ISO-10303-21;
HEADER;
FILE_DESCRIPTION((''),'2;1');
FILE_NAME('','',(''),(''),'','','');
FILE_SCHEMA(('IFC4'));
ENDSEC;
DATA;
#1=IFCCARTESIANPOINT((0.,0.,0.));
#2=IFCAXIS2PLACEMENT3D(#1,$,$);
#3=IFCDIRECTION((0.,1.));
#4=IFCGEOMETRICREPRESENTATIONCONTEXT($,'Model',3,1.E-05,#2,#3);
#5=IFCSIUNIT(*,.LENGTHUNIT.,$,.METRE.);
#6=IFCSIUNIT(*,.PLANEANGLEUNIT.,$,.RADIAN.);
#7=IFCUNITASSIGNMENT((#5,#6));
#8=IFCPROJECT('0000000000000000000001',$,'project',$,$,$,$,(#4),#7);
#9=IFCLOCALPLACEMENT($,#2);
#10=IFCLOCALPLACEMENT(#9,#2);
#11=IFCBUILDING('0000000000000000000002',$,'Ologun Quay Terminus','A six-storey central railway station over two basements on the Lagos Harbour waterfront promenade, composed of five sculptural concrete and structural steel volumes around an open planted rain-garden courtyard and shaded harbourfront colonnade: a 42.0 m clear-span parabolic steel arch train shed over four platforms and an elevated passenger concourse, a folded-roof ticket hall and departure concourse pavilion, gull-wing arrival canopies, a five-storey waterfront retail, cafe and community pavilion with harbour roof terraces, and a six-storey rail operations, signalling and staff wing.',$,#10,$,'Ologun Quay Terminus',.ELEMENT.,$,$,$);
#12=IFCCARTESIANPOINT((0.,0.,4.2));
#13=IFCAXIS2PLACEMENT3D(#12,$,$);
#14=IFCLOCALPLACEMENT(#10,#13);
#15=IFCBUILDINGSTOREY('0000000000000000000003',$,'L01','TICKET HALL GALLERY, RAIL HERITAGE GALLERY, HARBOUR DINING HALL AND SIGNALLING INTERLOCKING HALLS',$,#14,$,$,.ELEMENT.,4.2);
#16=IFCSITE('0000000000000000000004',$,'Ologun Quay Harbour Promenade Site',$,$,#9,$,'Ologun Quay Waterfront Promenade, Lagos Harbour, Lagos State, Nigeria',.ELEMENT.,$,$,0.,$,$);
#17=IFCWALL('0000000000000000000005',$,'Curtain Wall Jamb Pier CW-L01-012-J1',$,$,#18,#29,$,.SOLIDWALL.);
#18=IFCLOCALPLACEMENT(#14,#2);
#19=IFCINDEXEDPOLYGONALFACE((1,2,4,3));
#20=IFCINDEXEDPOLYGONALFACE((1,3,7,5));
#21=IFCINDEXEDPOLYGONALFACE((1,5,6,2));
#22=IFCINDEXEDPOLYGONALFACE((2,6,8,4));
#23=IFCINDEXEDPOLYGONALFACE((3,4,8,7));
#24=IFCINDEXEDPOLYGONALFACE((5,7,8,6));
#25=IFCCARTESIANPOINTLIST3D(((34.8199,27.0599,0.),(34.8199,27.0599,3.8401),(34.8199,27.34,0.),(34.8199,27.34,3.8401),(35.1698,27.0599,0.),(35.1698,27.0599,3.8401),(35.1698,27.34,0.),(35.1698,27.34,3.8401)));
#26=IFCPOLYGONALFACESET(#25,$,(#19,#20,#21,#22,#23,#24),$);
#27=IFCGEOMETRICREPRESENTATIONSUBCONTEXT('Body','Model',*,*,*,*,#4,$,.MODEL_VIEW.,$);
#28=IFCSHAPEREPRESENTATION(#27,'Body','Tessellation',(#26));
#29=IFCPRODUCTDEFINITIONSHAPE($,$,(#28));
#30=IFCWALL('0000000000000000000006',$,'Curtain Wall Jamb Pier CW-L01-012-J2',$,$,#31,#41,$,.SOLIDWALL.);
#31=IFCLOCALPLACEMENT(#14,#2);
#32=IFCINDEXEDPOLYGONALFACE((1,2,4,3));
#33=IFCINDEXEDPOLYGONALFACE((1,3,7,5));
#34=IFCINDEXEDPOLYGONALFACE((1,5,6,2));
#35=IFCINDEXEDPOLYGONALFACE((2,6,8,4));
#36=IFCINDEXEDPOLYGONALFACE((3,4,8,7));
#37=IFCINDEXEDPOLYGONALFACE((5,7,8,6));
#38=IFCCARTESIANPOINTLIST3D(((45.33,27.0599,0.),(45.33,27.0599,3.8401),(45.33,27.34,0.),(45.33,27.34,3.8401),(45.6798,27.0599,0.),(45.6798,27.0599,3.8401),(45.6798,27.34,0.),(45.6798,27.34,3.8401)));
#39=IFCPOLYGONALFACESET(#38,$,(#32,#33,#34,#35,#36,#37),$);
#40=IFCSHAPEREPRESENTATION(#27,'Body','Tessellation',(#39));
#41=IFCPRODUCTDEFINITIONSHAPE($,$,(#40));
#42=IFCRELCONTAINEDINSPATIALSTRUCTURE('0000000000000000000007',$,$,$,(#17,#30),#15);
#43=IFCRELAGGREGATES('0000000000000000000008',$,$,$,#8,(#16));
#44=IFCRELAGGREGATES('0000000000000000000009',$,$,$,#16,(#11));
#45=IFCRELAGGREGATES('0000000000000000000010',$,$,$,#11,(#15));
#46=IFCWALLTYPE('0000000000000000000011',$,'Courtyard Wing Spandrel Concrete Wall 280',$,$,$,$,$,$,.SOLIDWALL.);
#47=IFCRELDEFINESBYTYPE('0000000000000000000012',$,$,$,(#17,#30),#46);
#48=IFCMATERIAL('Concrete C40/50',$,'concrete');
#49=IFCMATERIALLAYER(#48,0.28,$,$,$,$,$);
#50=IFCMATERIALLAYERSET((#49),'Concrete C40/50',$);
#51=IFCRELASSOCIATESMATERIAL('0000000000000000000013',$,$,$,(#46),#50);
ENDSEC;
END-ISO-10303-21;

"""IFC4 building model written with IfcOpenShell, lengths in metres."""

from ifc_helpers import new_model, si_unit, direction, frame, frame_2d, origin, place, context, subcontext, project, spatial, rectangle, extrude, material, layer, layer_set, type_object, element, save


model = new_model("IFC4")

# Units and contexts
model_context = context("Model", 3, precision=1e-05, world=origin(), true_north=direction((0.0, 1.0)))
body_context = subcontext(model_context, "Body", "Model", "MODEL_VIEW")
ifc_project = project(units=[si_unit("LENGTHUNIT", "METRE"), si_unit("PLANEANGLEUNIT", "RADIAN")], contexts=[model_context])

# Site, building, storey
site_placement = place(None, origin())
site = spatial("IfcSite", under=ifc_project, at=site_placement, Name="Ologun Quay Harbour Promenade Site", LongName="Ologun Quay Waterfront Promenade, Lagos Harbour, Lagos State, Nigeria", CompositionType="ELEMENT", RefElevation=0.0)
building_placement = place(site_placement, origin())
building = spatial("IfcBuilding", under=site, at=building_placement, Name="Ologun Quay Terminus", Description="A six-storey central railway station over two basements on the Lagos Harbour waterfront promenade, composed of five sculptural concrete and structural steel volumes around an open planted rain-garden courtyard and shaded harbourfront colonnade: a 42.0 m clear-span parabolic steel arch train shed over four platforms and an elevated passenger concourse, a folded-roof ticket hall and departure concourse pavilion, gull-wing arrival canopies, a five-storey waterfront retail, cafe and community pavilion with harbour roof terraces, and a six-storey rail operations, signalling and staff wing.", LongName="Ologun Quay Terminus", CompositionType="ELEMENT")
storey_placement = place(building_placement, frame((0.0, 0.0, 4.2)))
storey = spatial("IfcBuildingStorey", under=building, at=storey_placement, Name="L01", Description="TICKET HALL GALLERY, RAIL HERITAGE GALLERY, HARBOUR DINING HALL AND SIGNALLING INTERLOCKING HALLS", CompositionType="ELEMENT", Elevation=4.2)

# Walls
ifc_material_1 = material(Name="Concrete C40/50", Category="concrete")
ifc_layer_1 = layer(ifc_material_1, 0.28)
ifc_layer_set_1 = layer_set([ifc_layer_1], Name="Concrete C40/50")
wall_type = type_object("IfcWallType", Name="Courtyard Wing Spandrel Concrete Wall 280", PredefinedType="SOLIDWALL", material=ifc_layer_set_1)
for number, where, z_axis, x_axis, name in (
    (1, (34.8201, 27.2, 0.0), (0.0, 0.0, 1.0), (1.0, 0.0, 0.0), "Curtain Wall Jamb Pier CW-L01-012-J1"),
    (2, (45.3301, 27.2, 0.0), (0.0, 0.0, 1.0), (1.0, 0.0, 0.0), "Curtain Wall Jamb Pier CW-L01-012-J2"),
):
    element("IfcWall", number, at=place(storey_placement, frame(where, z_axis=z_axis, x_axis=x_axis)), inside=storey, type_object=wall_type, Name=name, PredefinedType="SOLIDWALL", context=body_context, shape_type="SweptSolid", body=[
        extrude(rectangle(XDim=0.3499, YDim=0.28, at=frame_2d((0.1748, 0.0))), origin(), (0.0, 0.0, 1.0), 3.8401),
    ])

save(model, "model.ifc")
